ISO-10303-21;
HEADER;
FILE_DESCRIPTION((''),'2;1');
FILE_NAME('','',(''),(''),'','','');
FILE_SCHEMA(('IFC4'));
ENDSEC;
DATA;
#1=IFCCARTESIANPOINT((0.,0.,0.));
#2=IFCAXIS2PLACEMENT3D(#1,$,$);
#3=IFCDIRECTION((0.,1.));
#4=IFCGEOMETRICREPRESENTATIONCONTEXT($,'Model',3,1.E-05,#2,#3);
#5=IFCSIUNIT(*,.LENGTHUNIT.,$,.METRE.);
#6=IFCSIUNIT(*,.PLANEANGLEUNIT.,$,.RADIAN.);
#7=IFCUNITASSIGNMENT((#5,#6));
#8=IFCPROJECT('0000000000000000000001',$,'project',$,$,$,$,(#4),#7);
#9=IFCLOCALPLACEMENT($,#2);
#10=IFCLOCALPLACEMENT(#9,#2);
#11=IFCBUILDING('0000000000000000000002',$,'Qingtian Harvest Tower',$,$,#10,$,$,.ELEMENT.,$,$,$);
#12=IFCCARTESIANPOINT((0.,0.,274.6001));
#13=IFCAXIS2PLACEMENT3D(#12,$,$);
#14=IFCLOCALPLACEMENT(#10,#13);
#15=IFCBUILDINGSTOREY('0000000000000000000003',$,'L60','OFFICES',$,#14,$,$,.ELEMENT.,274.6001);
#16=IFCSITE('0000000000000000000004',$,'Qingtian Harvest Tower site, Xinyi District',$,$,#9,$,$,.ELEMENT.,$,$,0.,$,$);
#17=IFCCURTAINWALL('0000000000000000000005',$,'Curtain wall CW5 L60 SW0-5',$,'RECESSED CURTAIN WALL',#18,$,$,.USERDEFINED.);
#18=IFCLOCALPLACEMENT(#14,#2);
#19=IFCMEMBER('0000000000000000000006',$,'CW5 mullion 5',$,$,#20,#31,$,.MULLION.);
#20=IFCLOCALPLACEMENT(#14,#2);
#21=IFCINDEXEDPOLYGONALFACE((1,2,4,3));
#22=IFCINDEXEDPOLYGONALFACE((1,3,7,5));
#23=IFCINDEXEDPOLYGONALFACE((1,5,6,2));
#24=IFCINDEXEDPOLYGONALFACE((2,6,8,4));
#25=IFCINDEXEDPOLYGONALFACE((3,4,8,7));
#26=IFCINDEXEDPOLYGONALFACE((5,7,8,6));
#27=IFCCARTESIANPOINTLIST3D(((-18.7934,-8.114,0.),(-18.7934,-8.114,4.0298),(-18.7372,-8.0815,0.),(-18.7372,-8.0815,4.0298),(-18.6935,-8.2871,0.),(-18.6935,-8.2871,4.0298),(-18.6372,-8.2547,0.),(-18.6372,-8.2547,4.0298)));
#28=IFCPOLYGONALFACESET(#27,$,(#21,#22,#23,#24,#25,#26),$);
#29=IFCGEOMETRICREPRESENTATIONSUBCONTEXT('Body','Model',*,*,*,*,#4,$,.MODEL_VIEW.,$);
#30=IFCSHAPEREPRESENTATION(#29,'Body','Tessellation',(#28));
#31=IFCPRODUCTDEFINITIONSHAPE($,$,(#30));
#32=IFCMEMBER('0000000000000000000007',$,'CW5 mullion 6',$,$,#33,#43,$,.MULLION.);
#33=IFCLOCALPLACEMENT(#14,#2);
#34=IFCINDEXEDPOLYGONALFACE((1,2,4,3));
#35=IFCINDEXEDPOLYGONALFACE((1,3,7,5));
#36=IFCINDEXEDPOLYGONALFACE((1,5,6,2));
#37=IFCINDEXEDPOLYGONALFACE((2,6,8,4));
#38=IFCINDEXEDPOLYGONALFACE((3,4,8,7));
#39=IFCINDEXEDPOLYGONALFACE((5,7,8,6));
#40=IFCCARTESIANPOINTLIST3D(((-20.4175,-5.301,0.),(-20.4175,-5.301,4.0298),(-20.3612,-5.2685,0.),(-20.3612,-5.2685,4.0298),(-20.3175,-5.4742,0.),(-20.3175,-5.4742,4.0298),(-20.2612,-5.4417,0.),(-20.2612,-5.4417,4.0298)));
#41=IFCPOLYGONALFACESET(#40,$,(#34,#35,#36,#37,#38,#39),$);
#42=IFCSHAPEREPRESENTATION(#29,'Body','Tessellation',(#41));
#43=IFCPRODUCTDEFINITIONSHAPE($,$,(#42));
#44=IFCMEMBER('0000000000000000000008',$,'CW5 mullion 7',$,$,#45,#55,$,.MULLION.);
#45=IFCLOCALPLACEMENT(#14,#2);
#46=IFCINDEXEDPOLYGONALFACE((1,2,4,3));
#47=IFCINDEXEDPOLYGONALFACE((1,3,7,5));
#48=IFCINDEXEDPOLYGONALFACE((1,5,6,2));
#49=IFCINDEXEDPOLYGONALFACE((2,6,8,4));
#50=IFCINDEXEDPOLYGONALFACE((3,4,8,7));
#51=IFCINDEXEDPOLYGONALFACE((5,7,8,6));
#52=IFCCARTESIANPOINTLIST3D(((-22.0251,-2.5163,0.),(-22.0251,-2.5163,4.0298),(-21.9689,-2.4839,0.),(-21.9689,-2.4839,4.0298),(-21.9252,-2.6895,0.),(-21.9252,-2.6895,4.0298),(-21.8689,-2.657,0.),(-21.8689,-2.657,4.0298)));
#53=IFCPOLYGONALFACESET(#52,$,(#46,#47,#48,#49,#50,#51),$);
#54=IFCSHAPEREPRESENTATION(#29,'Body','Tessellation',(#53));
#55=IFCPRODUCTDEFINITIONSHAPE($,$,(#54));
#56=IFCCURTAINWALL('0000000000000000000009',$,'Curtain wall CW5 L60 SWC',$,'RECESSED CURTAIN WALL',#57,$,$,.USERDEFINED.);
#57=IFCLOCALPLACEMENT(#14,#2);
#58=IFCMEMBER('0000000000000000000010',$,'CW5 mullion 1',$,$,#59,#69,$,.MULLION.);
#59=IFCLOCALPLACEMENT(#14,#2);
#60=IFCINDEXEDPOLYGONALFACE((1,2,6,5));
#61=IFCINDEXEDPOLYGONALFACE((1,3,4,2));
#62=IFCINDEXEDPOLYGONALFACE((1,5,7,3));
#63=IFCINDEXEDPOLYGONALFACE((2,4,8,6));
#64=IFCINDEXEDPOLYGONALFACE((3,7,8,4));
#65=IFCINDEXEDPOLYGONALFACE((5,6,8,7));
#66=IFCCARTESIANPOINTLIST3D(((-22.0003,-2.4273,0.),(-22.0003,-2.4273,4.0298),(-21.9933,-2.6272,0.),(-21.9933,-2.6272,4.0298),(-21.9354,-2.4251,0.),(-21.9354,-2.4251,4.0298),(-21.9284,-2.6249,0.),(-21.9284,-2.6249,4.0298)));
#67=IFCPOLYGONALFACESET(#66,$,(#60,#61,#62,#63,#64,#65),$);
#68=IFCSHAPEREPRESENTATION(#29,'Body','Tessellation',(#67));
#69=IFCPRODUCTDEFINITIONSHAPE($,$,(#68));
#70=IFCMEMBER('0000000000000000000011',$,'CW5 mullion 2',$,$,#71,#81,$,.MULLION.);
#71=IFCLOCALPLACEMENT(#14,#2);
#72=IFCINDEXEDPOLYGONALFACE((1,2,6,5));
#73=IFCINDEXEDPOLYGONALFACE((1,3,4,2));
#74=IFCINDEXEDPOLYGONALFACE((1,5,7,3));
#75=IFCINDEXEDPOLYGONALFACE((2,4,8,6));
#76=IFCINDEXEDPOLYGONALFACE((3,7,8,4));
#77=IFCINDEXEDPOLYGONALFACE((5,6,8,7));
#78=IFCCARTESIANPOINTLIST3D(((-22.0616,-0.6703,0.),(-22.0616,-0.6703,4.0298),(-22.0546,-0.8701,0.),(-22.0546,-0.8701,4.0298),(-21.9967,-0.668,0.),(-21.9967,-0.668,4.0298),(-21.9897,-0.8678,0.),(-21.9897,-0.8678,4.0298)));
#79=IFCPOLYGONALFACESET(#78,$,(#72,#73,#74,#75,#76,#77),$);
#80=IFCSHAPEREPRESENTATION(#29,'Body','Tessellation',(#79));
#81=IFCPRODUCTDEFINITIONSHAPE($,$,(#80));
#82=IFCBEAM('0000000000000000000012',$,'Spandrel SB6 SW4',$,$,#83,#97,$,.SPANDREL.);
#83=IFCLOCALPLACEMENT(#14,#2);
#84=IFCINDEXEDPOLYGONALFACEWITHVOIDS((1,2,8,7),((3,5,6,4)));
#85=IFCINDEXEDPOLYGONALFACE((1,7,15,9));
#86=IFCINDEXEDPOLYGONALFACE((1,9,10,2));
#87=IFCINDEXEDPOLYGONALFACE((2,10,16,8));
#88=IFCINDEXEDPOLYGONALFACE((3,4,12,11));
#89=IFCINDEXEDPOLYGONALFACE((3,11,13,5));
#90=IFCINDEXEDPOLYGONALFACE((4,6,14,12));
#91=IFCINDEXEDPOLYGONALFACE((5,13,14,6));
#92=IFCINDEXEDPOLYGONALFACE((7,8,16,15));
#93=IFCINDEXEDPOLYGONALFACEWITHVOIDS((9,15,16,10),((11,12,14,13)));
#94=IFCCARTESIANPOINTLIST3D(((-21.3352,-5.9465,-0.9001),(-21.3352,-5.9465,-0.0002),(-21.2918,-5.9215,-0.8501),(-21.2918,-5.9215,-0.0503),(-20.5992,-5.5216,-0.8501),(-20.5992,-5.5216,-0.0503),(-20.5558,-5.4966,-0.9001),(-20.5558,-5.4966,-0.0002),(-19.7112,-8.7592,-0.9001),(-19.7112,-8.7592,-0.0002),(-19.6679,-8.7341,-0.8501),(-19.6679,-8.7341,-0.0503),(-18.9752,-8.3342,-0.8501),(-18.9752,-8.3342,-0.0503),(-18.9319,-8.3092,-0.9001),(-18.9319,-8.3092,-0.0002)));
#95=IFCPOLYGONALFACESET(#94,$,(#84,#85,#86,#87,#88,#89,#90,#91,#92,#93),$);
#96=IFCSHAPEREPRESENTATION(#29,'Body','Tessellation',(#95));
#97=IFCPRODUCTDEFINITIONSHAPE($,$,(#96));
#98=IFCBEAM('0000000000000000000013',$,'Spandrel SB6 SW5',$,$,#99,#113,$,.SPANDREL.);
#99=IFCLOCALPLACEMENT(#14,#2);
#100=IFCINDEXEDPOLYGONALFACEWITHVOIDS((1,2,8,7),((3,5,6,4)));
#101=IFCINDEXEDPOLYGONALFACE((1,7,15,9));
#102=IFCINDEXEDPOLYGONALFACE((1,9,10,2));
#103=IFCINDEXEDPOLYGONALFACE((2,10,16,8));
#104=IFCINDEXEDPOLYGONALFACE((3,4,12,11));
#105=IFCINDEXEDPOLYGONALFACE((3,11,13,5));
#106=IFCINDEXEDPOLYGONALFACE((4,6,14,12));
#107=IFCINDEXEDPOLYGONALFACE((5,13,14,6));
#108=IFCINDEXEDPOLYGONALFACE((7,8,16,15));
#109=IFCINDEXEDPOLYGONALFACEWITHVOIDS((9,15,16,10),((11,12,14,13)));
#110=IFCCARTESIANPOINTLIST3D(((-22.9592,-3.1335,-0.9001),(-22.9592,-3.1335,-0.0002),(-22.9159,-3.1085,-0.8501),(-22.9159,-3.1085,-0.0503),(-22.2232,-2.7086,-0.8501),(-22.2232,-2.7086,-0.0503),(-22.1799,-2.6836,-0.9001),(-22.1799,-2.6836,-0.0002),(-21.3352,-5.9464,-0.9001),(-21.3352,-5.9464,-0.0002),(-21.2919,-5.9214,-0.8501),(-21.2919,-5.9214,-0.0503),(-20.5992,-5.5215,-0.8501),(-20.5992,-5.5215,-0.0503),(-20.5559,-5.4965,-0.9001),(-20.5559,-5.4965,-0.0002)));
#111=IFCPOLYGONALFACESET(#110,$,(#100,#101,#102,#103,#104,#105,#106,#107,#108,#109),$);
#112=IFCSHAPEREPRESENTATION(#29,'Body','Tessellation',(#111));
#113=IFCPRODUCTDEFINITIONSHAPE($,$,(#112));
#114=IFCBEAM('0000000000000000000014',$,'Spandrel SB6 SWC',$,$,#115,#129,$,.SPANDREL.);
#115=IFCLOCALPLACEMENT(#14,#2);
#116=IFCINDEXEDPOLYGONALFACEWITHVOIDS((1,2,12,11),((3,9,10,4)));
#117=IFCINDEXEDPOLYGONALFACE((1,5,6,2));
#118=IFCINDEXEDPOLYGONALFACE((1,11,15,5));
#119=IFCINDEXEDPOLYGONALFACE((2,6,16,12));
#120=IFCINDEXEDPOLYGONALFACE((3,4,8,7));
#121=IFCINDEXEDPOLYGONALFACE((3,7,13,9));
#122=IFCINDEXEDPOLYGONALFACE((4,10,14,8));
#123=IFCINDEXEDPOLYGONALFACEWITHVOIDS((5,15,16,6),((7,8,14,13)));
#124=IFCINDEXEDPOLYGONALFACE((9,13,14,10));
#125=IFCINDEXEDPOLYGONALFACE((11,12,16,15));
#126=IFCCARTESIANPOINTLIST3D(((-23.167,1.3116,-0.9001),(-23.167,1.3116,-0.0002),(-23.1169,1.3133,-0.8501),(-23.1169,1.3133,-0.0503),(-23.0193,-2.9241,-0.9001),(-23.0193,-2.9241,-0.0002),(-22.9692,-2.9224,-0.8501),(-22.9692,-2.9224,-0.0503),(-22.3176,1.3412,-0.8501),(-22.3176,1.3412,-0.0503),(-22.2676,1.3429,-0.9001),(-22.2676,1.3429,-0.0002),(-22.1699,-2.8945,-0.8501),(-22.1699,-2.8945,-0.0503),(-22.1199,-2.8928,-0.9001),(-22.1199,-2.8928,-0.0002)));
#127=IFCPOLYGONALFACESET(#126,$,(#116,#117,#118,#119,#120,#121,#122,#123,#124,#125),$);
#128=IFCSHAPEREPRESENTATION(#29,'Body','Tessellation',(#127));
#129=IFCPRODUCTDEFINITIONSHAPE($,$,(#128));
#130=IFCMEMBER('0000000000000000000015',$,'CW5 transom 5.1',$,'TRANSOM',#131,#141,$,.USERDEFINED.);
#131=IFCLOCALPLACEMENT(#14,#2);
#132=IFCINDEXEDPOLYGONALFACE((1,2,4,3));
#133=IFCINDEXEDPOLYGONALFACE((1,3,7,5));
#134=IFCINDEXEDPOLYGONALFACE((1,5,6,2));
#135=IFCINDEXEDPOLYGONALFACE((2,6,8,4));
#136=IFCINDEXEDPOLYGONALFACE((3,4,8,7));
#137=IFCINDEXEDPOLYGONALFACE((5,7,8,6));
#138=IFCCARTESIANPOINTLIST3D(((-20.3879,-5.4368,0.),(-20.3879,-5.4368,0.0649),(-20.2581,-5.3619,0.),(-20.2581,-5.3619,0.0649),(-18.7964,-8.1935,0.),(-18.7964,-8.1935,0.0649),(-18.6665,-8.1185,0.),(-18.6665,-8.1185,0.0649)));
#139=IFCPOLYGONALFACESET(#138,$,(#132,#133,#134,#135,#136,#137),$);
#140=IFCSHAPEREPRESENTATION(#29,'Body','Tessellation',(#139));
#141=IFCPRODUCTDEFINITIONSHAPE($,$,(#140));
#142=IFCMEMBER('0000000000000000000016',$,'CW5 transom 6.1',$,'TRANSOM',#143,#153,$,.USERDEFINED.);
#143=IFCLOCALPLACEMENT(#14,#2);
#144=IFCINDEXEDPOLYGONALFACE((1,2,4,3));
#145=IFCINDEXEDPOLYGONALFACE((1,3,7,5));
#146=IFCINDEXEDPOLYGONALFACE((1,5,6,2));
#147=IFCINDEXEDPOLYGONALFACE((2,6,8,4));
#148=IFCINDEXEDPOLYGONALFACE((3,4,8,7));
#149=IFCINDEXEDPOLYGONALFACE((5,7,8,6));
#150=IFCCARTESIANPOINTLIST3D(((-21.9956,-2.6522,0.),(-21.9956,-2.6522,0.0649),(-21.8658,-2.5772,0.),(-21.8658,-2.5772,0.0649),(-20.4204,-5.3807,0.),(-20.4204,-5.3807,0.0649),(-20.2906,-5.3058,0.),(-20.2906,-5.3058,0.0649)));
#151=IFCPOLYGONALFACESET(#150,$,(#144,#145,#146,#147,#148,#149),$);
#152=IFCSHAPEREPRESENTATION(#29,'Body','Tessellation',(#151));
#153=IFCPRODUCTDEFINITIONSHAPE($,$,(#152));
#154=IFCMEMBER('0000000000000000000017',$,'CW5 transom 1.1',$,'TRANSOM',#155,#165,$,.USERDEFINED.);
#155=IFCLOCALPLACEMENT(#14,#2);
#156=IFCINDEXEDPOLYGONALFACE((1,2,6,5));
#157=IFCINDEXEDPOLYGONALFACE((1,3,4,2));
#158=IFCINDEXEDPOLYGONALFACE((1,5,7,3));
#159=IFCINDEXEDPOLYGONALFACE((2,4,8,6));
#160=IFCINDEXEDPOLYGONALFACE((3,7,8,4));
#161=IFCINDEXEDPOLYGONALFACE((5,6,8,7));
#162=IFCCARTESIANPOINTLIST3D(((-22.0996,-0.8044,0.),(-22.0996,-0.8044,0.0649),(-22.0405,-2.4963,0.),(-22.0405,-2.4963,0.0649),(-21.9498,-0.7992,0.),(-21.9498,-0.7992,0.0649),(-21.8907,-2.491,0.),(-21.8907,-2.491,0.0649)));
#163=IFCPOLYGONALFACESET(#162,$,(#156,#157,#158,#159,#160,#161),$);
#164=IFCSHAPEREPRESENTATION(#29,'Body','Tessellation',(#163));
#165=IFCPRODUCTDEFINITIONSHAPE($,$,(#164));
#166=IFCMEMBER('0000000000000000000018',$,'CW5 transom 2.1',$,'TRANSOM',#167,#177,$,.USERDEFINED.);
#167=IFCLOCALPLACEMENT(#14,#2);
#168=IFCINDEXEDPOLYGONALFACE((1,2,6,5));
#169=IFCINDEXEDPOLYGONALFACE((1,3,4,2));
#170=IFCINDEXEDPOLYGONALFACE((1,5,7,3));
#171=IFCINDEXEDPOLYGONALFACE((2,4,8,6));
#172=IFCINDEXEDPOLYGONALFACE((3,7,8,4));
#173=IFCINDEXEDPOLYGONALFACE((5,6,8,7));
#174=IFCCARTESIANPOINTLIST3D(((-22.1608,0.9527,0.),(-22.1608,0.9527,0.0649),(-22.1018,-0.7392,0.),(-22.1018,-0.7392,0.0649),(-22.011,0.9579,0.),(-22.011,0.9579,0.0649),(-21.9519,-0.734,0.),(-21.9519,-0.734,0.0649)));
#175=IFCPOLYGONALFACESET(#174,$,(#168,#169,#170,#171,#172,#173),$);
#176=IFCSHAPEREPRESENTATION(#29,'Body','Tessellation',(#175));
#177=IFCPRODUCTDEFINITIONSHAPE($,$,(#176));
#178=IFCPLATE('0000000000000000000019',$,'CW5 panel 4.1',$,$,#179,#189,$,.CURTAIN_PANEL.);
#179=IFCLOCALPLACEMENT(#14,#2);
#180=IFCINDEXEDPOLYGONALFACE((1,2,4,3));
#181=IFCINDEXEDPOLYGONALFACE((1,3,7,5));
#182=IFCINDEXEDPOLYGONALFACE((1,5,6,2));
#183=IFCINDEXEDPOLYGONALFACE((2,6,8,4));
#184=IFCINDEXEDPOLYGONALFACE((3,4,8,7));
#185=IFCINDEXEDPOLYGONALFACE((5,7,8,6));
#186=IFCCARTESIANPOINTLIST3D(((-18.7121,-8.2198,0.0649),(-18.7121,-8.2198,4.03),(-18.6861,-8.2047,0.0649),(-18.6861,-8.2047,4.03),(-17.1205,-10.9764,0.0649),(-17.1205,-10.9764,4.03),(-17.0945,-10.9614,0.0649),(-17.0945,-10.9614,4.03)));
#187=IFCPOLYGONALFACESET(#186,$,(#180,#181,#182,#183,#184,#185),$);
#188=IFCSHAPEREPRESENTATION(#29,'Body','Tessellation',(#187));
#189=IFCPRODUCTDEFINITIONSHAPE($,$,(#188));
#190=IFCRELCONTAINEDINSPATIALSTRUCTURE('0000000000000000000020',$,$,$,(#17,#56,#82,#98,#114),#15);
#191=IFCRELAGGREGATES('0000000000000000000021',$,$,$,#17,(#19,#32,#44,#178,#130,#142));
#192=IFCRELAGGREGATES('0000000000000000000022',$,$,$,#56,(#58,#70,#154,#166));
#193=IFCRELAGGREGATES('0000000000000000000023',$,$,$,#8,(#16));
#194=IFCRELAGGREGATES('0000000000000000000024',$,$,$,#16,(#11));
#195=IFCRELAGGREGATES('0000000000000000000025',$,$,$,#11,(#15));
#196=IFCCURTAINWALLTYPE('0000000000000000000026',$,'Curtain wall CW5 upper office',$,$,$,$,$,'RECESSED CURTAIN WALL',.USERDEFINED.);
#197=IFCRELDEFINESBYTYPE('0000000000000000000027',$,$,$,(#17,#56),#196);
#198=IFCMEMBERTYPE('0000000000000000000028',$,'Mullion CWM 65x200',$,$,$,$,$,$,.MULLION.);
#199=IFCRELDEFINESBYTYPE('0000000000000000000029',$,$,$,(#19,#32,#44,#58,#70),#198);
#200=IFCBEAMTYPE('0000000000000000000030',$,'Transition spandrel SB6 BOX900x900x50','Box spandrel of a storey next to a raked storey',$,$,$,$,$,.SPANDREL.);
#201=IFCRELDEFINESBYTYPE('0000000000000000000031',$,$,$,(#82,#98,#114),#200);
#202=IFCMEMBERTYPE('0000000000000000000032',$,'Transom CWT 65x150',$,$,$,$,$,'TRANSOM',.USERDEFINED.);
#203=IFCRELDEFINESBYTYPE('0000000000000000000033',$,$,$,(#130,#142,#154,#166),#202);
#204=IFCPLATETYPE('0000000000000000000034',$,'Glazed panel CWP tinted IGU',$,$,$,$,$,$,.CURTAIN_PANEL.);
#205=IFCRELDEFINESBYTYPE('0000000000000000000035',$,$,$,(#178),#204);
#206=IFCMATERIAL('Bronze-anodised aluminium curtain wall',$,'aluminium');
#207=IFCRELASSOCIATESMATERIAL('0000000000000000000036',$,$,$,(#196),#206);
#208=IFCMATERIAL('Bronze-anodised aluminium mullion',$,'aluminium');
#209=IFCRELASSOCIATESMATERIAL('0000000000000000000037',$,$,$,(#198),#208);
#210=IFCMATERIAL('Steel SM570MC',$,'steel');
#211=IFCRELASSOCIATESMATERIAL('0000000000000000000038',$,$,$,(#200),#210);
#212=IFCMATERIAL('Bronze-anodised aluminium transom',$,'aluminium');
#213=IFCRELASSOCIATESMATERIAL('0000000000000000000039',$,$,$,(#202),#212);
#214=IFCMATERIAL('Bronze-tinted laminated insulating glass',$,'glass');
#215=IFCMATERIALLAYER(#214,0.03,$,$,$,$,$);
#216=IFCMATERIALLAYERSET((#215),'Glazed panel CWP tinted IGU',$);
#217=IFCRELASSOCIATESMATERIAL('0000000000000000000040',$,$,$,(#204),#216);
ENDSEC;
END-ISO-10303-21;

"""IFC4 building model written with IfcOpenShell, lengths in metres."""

from ifc_helpers import new_model, si_unit, direction, frame, origin, origin_2d, place, context, subcontext, project, spatial, rectangle, hollow_rectangle, extrude, material, layer, layer_set, material_profile, profile_set, type_object, element, aggregate, save


model = new_model("IFC4")

# Units and contexts
model_context = context("Model", 3, precision=1e-05, world=origin(), true_north=direction((0.0, 1.0)))
body_context = subcontext(model_context, "Body", "Model", "MODEL_VIEW")
ifc_project = project(units=[si_unit("LENGTHUNIT", "METRE"), si_unit("PLANEANGLEUNIT", "RADIAN")], contexts=[model_context])

# Site, building, storey
site_placement = place(None, origin())
site = spatial("IfcSite", under=ifc_project, at=site_placement, Name="Qingtian Harvest Tower site, Xinyi District", CompositionType="ELEMENT", RefElevation=0.0)
building_placement = place(site_placement, origin())
building = spatial("IfcBuilding", under=site, at=building_placement, Name="Qingtian Harvest Tower", CompositionType="ELEMENT")
storey_placement = place(building_placement, frame((0.0, 0.0, 274.6001)))
storey = spatial("IfcBuildingStorey", under=building, at=storey_placement, Name="L60", Description="OFFICES", CompositionType="ELEMENT", Elevation=274.6001)

# Curtain walls, members
ifc_material_1 = material(Name="Bronze-anodised aluminium curtain wall", Category="aluminium")
curtain_wall_type = type_object("IfcCurtainWallType", Name="Curtain wall CW5 upper office", ElementType="RECESSED CURTAIN WALL", PredefinedType="USERDEFINED", material=ifc_material_1)
curtain_wall_1_placement = place(storey_placement, origin())
curtain_wall_1 = element("IfcCurtainWall", 1, at=curtain_wall_1_placement, inside=storey, type_object=curtain_wall_type, Name="Curtain wall CW5 L60 SW0-5", ObjectType="RECESSED CURTAIN WALL", PredefinedType="USERDEFINED")
ifc_material_2 = material(Name="Bronze-anodised aluminium mullion", Category="aluminium")
ifc_material_profile_1 = material_profile(ifc_material_2, rectangle(XDim=0.0649, YDim=0.2, at=origin_2d()), Name="AL 65x200")
ifc_profile_set_1 = profile_set([ifc_material_profile_1], Name="Bronze-anodised aluminium mullion")
member_type_1 = type_object("IfcMemberType", Name="Mullion CWM 65x200", PredefinedType="MULLION", material=ifc_profile_set_1)
member_1_placement = place(storey_placement, frame((-18.7153, -8.1843, 0.0), z_axis=(0.0, 0.0, 1.0), x_axis=(-0.866025, -0.5, 0.0)))
member_1 = element("IfcMember", 2, at=member_1_placement, type_object=member_type_1, Name="CW5 mullion 5", PredefinedType="MULLION", context=body_context, shape_type="SweptSolid", body=[
    extrude(rectangle(XDim=0.0649, YDim=0.2, at=origin_2d()), origin(), (0.0, 0.0, 1.0), 4.0298),
])
member_2_placement = place(storey_placement, frame((-20.3394, -5.3713, 0.0), z_axis=(0.0, 0.0, 1.0), x_axis=(-0.866025, -0.5, 0.0)))
member_2 = element("IfcMember", 3, at=member_2_placement, type_object=member_type_1, Name="CW5 mullion 6", PredefinedType="MULLION", context=body_context, shape_type="SweptSolid", body=[
    extrude(rectangle(XDim=0.0649, YDim=0.2, at=origin_2d()), origin(), (0.0, 0.0, 1.0), 4.0298),
])
member_3_placement = place(storey_placement, frame((-21.947, -2.5867, 0.0), z_axis=(0.0, 0.0, 1.0), x_axis=(-0.866025, -0.5, 0.0)))
member_3 = element("IfcMember", 4, at=member_3_placement, type_object=member_type_1, Name="CW5 mullion 7", PredefinedType="MULLION", context=body_context, shape_type="SweptSolid", body=[
    extrude(rectangle(XDim=0.0649, YDim=0.2, at=origin_2d()), origin(), (0.0, 0.0, 1.0), 4.0298),
])
curtain_wall_2_placement = place(storey_placement, origin())
curtain_wall_2 = element("IfcCurtainWall", 5, at=curtain_wall_2_placement, inside=storey, type_object=curtain_wall_type, Name="Curtain wall CW5 L60 SWC", ObjectType="RECESSED CURTAIN WALL", PredefinedType="USERDEFINED")
member_4_placement = place(storey_placement, frame((-21.9644, -2.5261, 0.0), z_axis=(0.0, 0.0, 1.0), x_axis=(-0.999391, -0.034899, 0.0)))
member_4 = element("IfcMember", 6, at=member_4_placement, type_object=member_type_1, Name="CW5 mullion 1", PredefinedType="MULLION", context=body_context, shape_type="SweptSolid", body=[
    extrude(rectangle(XDim=0.0649, YDim=0.2, at=origin_2d()), origin(), (0.0, 0.0, 1.0), 4.0298),
])
member_5_placement = place(storey_placement, frame((-22.0256, -0.769, 0.0), z_axis=(0.0, 0.0, 1.0), x_axis=(-0.999391, -0.034899, 0.0)))
member_5 = element("IfcMember", 7, at=member_5_placement, type_object=member_type_1, Name="CW5 mullion 2", PredefinedType="MULLION", context=body_context, shape_type="SweptSolid", body=[
    extrude(rectangle(XDim=0.0649, YDim=0.2, at=origin_2d()), origin(), (0.0, 0.0, 1.0), 4.0298),
])

# Beams
ifc_material_3 = material(Name="Steel SM570MC", Category="steel")
ifc_material_profile_2 = material_profile(ifc_material_3, hollow_rectangle(XDim=0.8999, YDim=0.8999, WallThickness=0.05, at=origin_2d()), Name="BOX900x900x50")
ifc_profile_set_2 = profile_set([ifc_material_profile_2], Name="Steel SM570MC")
beam_type_1 = type_object("IfcBeamType", Name="Transition spandrel SB6 BOX900x900x50", Description="Box spandrel of a storey next to a raked storey", PredefinedType="SPANDREL", material=ifc_profile_set_2)
beam_1_placement = place(storey_placement, frame((-19.3215, -8.5342, -0.4502), z_axis=(-0.50002, 0.866014, 0.0), x_axis=(-0.866014, -0.50002, 0.0)))
element("IfcBeam", 8, at=beam_1_placement, inside=storey, type_object=beam_type_1, Name="Spandrel SB6 SW4", PredefinedType="SPANDREL", context=body_context, shape_type="SweptSolid", body=[
    extrude(hollow_rectangle(XDim=0.8999, YDim=0.8999, WallThickness=0.05, at=origin_2d()), origin(), (0.0, 0.0, 1.0), 3.2478),
])
beam_2_placement = place(storey_placement, frame((-20.9456, -5.7214, -0.4502), z_axis=(-0.499987, 0.866033, 0.0), x_axis=(-0.866033, -0.499987, 0.0)))
element("IfcBeam", 9, at=beam_2_placement, inside=storey, type_object=beam_type_1, Name="Spandrel SB6 SW5", PredefinedType="SPANDREL", context=body_context, shape_type="SweptSolid", body=[
    extrude(hollow_rectangle(XDim=0.8999, YDim=0.8999, WallThickness=0.05, at=origin_2d()), origin(), (0.0, 0.0, 1.0), 3.248),
])
beam_3_placement = place(storey_placement, frame((-22.5696, -2.9084, -0.4502), z_axis=(-0.034851, 0.999393, 0.0), x_axis=(-0.999393, -0.034851, 0.0)))
element("IfcBeam", 10, at=beam_3_placement, inside=storey, type_object=beam_type_1, Name="Spandrel SB6 SWC", PredefinedType="SPANDREL", context=body_context, shape_type="SweptSolid", body=[
    extrude(hollow_rectangle(XDim=0.8999, YDim=0.8999, WallThickness=0.05, at=origin_2d()), origin(), (0.0, 0.0, 1.0), 4.2383),
])

# Members
ifc_material_4 = material(Name="Bronze-anodised aluminium transom", Category="aluminium")
ifc_material_profile_3 = material_profile(ifc_material_4, rectangle(XDim=0.1499, YDim=0.0649, at=origin_2d()), Name="AL 65x150")
ifc_profile_set_3 = profile_set([ifc_material_profile_3], Name="Bronze-anodised aluminium transom")
member_type_2 = type_object("IfcMemberType", Name="Transom CWT 65x150", ElementType="TRANSOM", PredefinedType="USERDEFINED", material=ifc_profile_set_3)
member_6_placement = place(storey_placement, frame((-18.7314, -8.156, 0.0325), z_axis=(-0.500008, 0.866021, 0.0), x_axis=(-0.866021, -0.500008, 0.0)))
member_6 = element("IfcMember", 11, at=member_6_placement, type_object=member_type_2, Name="CW5 transom 5.1", ObjectType="TRANSOM", PredefinedType="USERDEFINED", context=body_context, shape_type="SweptSolid", body=[
    extrude(rectangle(XDim=0.1499, YDim=0.0649, at=origin_2d()), origin(), (0.0, 0.0, 1.0), 3.1831),
])
member_7_placement = place(storey_placement, frame((-20.3555, -5.3433, 0.0325), z_axis=(-0.499973, 0.866041, 0.0), x_axis=(-0.866041, -0.499973, 0.0)))
member_7 = element("IfcMember", 12, at=member_7_placement, type_object=member_type_2, Name="CW5 transom 6.1", ObjectType="TRANSOM", PredefinedType="USERDEFINED", context=body_context, shape_type="SweptSolid", body=[
    extrude(rectangle(XDim=0.1499, YDim=0.0649, at=origin_2d()), origin(), (0.0, 0.0, 1.0), 3.1506),
])
member_8_placement = place(storey_placement, frame((-21.9656, -2.4937, 0.0325), z_axis=(-0.034899, 0.999391, 0.0), x_axis=(-0.999391, -0.034899, 0.0)))
member_8 = element("IfcMember", 13, at=member_8_placement, type_object=member_type_2, Name="CW5 transom 1.1", ObjectType="TRANSOM", PredefinedType="USERDEFINED", context=body_context, shape_type="SweptSolid", body=[
    extrude(rectangle(XDim=0.1499, YDim=0.0649, at=origin_2d()), origin(), (0.0, 0.0, 1.0), 1.6929),
])
member_9_placement = place(storey_placement, frame((-22.0269, -0.7366, 0.0325), z_axis=(-0.034899, 0.999391, 0.0), x_axis=(-0.999391, -0.034899, 0.0)))
member_9 = element("IfcMember", 14, at=member_9_placement, type_object=member_type_2, Name="CW5 transom 2.1", ObjectType="TRANSOM", PredefinedType="USERDEFINED", context=body_context, shape_type="SweptSolid", body=[
    extrude(rectangle(XDim=0.1499, YDim=0.0649, at=origin_2d()), origin(), (0.0, 0.0, 1.0), 1.6929),
])

# Plate
ifc_material_5 = material(Name="Bronze-tinted laminated insulating glass", Category="glass")
ifc_layer_1 = layer(ifc_material_5, 0.03)
ifc_layer_set_1 = layer_set([ifc_layer_1], Name="Glazed panel CWP tinted IGU")
plate_type = type_object("IfcPlateType", Name="Glazed panel CWP tinted IGU", PredefinedType="CURTAIN_PANEL", material=ifc_layer_set_1)
plate_1_placement = place(storey_placement, frame((-17.9033, -9.5906, 0.0649), z_axis=(0.0, 0.0, 1.0), x_axis=(-0.5, 0.866025, 0.0)))
plate_1 = element("IfcPlate", 15, at=plate_1_placement, type_object=plate_type, Name="CW5 panel 4.1", PredefinedType="CURTAIN_PANEL", context=body_context, shape_type="SweptSolid", body=[
    extrude(rectangle(XDim=3.1831, YDim=0.03, at=origin_2d()), origin(), (0.0, 0.0, 1.0), 3.9651),
])
aggregate(curtain_wall_1, [member_1, member_2, member_3, plate_1, member_6, member_7])
aggregate(curtain_wall_2, [member_4, member_5, member_8, member_9])

save(model, "model.ifc")
